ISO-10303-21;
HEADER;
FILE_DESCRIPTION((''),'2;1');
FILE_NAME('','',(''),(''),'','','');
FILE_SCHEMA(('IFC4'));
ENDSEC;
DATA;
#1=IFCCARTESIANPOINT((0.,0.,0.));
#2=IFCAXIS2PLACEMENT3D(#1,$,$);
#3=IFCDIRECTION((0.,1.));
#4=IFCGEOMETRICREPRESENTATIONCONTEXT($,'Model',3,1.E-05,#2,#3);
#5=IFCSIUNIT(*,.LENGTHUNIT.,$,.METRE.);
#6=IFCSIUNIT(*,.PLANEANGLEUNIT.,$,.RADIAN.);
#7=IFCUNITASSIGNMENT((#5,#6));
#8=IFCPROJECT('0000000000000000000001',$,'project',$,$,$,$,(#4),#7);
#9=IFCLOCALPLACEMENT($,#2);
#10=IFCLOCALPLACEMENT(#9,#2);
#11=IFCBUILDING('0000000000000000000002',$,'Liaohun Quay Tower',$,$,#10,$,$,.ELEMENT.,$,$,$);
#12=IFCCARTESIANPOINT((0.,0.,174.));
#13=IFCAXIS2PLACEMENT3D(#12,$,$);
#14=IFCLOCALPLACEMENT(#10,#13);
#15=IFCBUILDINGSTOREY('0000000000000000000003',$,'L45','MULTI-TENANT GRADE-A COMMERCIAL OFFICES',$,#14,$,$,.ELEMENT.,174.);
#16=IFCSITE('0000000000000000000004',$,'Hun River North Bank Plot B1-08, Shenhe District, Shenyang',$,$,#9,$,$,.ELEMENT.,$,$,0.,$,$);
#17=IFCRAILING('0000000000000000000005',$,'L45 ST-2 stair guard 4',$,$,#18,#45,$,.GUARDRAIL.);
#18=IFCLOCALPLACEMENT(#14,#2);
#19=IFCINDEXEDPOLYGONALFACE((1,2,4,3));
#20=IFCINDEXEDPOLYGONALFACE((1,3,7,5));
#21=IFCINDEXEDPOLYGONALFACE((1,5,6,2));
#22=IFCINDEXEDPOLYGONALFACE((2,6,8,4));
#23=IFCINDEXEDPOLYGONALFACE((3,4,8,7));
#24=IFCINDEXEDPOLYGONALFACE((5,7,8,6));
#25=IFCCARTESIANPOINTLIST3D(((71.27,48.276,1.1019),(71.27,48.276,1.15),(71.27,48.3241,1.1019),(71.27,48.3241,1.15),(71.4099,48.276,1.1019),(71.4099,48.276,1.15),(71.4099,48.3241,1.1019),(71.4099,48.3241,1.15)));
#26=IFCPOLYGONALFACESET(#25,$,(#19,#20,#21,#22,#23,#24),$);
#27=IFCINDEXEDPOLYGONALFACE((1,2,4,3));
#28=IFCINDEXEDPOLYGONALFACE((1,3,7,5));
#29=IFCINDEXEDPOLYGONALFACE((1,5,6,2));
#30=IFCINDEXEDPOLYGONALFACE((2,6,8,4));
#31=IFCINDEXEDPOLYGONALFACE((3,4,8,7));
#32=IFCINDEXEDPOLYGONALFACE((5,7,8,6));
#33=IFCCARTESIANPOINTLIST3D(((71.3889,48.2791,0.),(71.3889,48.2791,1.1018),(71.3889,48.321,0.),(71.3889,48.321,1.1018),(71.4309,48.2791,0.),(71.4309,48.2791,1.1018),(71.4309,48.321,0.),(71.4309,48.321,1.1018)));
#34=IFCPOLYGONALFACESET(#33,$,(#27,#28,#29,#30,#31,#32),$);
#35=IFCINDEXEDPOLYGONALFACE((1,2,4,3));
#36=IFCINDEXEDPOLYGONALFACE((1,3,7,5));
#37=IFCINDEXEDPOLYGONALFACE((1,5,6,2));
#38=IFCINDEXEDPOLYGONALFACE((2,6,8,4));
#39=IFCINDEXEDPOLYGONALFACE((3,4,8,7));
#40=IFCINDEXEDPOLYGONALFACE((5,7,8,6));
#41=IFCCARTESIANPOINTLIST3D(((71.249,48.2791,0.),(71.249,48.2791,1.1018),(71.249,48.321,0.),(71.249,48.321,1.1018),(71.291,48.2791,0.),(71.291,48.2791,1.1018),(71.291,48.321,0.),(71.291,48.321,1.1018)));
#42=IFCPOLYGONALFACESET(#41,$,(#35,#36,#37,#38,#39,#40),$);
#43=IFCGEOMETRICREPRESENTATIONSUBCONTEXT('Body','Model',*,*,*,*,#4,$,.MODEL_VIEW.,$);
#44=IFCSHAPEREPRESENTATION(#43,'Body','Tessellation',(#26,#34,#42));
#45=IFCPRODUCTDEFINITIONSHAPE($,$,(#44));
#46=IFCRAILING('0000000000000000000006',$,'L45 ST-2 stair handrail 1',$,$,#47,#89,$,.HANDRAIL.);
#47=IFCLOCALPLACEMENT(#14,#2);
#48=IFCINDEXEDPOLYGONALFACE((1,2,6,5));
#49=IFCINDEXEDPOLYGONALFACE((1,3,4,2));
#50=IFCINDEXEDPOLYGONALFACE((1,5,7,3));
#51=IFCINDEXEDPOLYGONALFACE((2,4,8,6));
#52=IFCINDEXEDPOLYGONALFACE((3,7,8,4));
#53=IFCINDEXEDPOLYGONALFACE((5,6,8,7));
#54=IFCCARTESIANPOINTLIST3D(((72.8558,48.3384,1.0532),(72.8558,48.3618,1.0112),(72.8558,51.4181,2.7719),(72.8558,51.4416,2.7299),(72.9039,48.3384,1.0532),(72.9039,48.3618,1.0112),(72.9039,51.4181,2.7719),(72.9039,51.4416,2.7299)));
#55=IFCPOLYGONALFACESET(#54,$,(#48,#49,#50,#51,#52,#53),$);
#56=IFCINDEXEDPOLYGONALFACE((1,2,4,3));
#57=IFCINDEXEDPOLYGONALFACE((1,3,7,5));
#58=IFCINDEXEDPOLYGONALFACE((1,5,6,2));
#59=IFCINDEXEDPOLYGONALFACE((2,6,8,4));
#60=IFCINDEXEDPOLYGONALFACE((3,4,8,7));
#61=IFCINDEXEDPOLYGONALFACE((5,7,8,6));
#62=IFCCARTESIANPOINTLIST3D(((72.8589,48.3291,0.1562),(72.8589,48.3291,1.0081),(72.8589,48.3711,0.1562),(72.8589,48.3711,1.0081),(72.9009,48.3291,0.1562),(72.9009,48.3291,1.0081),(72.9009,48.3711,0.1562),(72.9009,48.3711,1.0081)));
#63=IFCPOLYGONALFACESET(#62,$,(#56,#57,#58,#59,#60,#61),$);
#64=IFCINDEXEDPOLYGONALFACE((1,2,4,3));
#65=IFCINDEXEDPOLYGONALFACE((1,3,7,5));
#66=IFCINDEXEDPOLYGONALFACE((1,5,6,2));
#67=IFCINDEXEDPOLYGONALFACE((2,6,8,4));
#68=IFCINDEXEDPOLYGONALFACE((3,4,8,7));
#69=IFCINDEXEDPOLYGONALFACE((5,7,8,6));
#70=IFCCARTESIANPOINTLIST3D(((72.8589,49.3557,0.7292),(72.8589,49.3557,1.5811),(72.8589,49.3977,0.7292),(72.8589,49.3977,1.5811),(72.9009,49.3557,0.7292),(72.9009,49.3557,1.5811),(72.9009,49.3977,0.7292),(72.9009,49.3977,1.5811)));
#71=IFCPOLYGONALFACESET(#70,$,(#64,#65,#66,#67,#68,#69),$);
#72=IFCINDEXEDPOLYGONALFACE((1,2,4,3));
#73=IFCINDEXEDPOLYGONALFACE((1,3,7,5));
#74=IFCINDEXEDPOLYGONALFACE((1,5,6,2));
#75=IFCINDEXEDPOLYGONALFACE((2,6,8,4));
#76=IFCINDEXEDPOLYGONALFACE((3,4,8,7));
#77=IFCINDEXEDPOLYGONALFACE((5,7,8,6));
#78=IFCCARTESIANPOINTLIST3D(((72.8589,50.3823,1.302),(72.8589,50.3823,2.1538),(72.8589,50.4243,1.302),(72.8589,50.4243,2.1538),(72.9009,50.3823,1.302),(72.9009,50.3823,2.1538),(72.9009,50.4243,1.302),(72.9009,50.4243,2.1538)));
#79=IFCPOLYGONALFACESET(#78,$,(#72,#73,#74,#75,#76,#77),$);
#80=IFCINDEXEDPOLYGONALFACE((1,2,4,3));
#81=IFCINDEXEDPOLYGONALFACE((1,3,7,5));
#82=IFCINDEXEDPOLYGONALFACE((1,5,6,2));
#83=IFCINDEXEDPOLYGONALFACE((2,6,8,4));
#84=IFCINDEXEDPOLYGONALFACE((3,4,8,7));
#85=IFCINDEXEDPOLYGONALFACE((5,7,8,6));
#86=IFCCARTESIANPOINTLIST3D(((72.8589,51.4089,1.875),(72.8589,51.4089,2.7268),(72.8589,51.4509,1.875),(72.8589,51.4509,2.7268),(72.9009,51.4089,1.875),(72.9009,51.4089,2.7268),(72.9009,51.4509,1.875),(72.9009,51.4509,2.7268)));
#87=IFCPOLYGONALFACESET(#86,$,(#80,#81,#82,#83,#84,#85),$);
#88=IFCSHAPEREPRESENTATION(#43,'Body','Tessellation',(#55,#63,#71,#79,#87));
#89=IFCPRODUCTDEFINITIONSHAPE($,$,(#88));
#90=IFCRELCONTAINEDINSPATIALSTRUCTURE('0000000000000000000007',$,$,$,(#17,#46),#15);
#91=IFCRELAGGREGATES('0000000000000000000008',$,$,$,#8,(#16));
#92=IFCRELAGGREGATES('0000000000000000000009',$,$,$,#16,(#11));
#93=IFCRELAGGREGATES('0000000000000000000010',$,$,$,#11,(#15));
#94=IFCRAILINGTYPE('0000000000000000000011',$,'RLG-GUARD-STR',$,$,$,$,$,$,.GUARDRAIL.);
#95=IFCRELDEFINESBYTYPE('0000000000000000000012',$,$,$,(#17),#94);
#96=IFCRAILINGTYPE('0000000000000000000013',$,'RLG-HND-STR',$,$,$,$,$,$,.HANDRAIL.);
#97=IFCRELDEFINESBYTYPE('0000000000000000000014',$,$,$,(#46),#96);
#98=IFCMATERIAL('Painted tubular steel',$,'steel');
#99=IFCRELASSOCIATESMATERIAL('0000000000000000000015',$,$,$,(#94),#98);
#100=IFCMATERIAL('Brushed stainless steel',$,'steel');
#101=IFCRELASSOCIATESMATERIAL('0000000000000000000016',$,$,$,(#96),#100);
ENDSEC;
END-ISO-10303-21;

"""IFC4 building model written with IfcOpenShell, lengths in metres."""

from ifc_helpers import new_model, si_unit, direction, frame, origin, origin_2d, place, context, subcontext, project, spatial, rectangle, extrude, material, type_object, element, save


model = new_model("IFC4")

# Units and contexts
model_context = context("Model", 3, precision=1e-05, world=origin(), true_north=direction((0.0, 1.0)))
body_context = subcontext(model_context, "Body", "Model", "MODEL_VIEW")
ifc_project = project(units=[si_unit("LENGTHUNIT", "METRE"), si_unit("PLANEANGLEUNIT", "RADIAN")], contexts=[model_context])

# Site, building, storey
site_placement = place(None, origin())
site = spatial("IfcSite", under=ifc_project, at=site_placement, Name="Hun River North Bank Plot B1-08, Shenhe District, Shenyang", CompositionType="ELEMENT", RefElevation=0.0)
building_placement = place(site_placement, origin())
building = spatial("IfcBuilding", under=site, at=building_placement, Name="Liaohun Quay Tower", CompositionType="ELEMENT")
storey_placement = place(building_placement, frame((0.0, 0.0, 174.0)))
storey = spatial("IfcBuildingStorey", under=building, at=storey_placement, Name="L45", Description="MULTI-TENANT GRADE-A COMMERCIAL OFFICES", CompositionType="ELEMENT", Elevation=174.0)

# Railings
ifc_material_1 = material(Name="Painted tubular steel", Category="steel")
railing_type_1 = type_object("IfcRailingType", Name="RLG-GUARD-STR", PredefinedType="GUARDRAIL", material=ifc_material_1)
railing_1_placement = place(storey_placement, frame((71.4099, 48.3, 0.0)))
element("IfcRailing", 1, at=railing_1_placement, inside=storey, type_object=railing_type_1, Name="L45 ST-2 stair guard 4", PredefinedType="GUARDRAIL", context=body_context, shape_type="SweptSolid", body=[
    extrude(rectangle(XDim=0.0481, YDim=0.0481, at=origin_2d()), frame((0.0, 0.0, 1.126), z_axis=(-1.0, 0.0, 0.0), x_axis=(0.0, -1.0, 0.0)), (0.0, 0.0, 1.0), 0.1399),
    extrude(rectangle(XDim=0.042, YDim=0.042, at=origin_2d()), origin(), (0.0, 0.0, 1.0), 1.1018),
    extrude(rectangle(XDim=0.042, YDim=0.042, at=origin_2d()), frame((-0.1399, 0.0, 0.0)), (0.0, 0.0, 1.0), 1.1018),
])
ifc_material_2 = material(Name="Brushed stainless steel", Category="steel")
railing_type_2 = type_object("IfcRailingType", Name="RLG-HND-STR", PredefinedType="HANDRAIL", material=ifc_material_2)
railing_2_placement = place(storey_placement, frame((72.8799, 48.3501, 0.1562)))
element("IfcRailing", 2, at=railing_2_placement, inside=storey, type_object=railing_type_2, Name="L45 ST-2 stair handrail 1", PredefinedType="HANDRAIL", context=body_context, shape_type="SweptSolid", body=[
    extrude(rectangle(XDim=0.0481, YDim=0.0481, at=origin_2d()), frame((0.0, 0.0, 0.876), z_axis=(0.0, 0.873225, 0.487317), x_axis=(-1.0, 0.0, 0.0)), (0.0, 0.0, 1.0), 3.5269),
    extrude(rectangle(XDim=0.042, YDim=0.042, at=origin_2d()), origin(), (0.0, 0.0, 1.0), 0.8518),
    extrude(rectangle(XDim=0.042, YDim=0.042, at=origin_2d()), frame((0.0, 1.0266, 0.573)), (0.0, 0.0, 1.0), 0.8518),
    extrude(rectangle(XDim=0.042, YDim=0.042, at=origin_2d()), frame((0.0, 2.0532, 1.1458)), (0.0, 0.0, 1.0), 0.8518),
    extrude(rectangle(XDim=0.042, YDim=0.042, at=origin_2d()), frame((0.0, 3.0798, 1.7188)), (0.0, 0.0, 1.0), 0.8518),
])

save(model, "model.ifc")
